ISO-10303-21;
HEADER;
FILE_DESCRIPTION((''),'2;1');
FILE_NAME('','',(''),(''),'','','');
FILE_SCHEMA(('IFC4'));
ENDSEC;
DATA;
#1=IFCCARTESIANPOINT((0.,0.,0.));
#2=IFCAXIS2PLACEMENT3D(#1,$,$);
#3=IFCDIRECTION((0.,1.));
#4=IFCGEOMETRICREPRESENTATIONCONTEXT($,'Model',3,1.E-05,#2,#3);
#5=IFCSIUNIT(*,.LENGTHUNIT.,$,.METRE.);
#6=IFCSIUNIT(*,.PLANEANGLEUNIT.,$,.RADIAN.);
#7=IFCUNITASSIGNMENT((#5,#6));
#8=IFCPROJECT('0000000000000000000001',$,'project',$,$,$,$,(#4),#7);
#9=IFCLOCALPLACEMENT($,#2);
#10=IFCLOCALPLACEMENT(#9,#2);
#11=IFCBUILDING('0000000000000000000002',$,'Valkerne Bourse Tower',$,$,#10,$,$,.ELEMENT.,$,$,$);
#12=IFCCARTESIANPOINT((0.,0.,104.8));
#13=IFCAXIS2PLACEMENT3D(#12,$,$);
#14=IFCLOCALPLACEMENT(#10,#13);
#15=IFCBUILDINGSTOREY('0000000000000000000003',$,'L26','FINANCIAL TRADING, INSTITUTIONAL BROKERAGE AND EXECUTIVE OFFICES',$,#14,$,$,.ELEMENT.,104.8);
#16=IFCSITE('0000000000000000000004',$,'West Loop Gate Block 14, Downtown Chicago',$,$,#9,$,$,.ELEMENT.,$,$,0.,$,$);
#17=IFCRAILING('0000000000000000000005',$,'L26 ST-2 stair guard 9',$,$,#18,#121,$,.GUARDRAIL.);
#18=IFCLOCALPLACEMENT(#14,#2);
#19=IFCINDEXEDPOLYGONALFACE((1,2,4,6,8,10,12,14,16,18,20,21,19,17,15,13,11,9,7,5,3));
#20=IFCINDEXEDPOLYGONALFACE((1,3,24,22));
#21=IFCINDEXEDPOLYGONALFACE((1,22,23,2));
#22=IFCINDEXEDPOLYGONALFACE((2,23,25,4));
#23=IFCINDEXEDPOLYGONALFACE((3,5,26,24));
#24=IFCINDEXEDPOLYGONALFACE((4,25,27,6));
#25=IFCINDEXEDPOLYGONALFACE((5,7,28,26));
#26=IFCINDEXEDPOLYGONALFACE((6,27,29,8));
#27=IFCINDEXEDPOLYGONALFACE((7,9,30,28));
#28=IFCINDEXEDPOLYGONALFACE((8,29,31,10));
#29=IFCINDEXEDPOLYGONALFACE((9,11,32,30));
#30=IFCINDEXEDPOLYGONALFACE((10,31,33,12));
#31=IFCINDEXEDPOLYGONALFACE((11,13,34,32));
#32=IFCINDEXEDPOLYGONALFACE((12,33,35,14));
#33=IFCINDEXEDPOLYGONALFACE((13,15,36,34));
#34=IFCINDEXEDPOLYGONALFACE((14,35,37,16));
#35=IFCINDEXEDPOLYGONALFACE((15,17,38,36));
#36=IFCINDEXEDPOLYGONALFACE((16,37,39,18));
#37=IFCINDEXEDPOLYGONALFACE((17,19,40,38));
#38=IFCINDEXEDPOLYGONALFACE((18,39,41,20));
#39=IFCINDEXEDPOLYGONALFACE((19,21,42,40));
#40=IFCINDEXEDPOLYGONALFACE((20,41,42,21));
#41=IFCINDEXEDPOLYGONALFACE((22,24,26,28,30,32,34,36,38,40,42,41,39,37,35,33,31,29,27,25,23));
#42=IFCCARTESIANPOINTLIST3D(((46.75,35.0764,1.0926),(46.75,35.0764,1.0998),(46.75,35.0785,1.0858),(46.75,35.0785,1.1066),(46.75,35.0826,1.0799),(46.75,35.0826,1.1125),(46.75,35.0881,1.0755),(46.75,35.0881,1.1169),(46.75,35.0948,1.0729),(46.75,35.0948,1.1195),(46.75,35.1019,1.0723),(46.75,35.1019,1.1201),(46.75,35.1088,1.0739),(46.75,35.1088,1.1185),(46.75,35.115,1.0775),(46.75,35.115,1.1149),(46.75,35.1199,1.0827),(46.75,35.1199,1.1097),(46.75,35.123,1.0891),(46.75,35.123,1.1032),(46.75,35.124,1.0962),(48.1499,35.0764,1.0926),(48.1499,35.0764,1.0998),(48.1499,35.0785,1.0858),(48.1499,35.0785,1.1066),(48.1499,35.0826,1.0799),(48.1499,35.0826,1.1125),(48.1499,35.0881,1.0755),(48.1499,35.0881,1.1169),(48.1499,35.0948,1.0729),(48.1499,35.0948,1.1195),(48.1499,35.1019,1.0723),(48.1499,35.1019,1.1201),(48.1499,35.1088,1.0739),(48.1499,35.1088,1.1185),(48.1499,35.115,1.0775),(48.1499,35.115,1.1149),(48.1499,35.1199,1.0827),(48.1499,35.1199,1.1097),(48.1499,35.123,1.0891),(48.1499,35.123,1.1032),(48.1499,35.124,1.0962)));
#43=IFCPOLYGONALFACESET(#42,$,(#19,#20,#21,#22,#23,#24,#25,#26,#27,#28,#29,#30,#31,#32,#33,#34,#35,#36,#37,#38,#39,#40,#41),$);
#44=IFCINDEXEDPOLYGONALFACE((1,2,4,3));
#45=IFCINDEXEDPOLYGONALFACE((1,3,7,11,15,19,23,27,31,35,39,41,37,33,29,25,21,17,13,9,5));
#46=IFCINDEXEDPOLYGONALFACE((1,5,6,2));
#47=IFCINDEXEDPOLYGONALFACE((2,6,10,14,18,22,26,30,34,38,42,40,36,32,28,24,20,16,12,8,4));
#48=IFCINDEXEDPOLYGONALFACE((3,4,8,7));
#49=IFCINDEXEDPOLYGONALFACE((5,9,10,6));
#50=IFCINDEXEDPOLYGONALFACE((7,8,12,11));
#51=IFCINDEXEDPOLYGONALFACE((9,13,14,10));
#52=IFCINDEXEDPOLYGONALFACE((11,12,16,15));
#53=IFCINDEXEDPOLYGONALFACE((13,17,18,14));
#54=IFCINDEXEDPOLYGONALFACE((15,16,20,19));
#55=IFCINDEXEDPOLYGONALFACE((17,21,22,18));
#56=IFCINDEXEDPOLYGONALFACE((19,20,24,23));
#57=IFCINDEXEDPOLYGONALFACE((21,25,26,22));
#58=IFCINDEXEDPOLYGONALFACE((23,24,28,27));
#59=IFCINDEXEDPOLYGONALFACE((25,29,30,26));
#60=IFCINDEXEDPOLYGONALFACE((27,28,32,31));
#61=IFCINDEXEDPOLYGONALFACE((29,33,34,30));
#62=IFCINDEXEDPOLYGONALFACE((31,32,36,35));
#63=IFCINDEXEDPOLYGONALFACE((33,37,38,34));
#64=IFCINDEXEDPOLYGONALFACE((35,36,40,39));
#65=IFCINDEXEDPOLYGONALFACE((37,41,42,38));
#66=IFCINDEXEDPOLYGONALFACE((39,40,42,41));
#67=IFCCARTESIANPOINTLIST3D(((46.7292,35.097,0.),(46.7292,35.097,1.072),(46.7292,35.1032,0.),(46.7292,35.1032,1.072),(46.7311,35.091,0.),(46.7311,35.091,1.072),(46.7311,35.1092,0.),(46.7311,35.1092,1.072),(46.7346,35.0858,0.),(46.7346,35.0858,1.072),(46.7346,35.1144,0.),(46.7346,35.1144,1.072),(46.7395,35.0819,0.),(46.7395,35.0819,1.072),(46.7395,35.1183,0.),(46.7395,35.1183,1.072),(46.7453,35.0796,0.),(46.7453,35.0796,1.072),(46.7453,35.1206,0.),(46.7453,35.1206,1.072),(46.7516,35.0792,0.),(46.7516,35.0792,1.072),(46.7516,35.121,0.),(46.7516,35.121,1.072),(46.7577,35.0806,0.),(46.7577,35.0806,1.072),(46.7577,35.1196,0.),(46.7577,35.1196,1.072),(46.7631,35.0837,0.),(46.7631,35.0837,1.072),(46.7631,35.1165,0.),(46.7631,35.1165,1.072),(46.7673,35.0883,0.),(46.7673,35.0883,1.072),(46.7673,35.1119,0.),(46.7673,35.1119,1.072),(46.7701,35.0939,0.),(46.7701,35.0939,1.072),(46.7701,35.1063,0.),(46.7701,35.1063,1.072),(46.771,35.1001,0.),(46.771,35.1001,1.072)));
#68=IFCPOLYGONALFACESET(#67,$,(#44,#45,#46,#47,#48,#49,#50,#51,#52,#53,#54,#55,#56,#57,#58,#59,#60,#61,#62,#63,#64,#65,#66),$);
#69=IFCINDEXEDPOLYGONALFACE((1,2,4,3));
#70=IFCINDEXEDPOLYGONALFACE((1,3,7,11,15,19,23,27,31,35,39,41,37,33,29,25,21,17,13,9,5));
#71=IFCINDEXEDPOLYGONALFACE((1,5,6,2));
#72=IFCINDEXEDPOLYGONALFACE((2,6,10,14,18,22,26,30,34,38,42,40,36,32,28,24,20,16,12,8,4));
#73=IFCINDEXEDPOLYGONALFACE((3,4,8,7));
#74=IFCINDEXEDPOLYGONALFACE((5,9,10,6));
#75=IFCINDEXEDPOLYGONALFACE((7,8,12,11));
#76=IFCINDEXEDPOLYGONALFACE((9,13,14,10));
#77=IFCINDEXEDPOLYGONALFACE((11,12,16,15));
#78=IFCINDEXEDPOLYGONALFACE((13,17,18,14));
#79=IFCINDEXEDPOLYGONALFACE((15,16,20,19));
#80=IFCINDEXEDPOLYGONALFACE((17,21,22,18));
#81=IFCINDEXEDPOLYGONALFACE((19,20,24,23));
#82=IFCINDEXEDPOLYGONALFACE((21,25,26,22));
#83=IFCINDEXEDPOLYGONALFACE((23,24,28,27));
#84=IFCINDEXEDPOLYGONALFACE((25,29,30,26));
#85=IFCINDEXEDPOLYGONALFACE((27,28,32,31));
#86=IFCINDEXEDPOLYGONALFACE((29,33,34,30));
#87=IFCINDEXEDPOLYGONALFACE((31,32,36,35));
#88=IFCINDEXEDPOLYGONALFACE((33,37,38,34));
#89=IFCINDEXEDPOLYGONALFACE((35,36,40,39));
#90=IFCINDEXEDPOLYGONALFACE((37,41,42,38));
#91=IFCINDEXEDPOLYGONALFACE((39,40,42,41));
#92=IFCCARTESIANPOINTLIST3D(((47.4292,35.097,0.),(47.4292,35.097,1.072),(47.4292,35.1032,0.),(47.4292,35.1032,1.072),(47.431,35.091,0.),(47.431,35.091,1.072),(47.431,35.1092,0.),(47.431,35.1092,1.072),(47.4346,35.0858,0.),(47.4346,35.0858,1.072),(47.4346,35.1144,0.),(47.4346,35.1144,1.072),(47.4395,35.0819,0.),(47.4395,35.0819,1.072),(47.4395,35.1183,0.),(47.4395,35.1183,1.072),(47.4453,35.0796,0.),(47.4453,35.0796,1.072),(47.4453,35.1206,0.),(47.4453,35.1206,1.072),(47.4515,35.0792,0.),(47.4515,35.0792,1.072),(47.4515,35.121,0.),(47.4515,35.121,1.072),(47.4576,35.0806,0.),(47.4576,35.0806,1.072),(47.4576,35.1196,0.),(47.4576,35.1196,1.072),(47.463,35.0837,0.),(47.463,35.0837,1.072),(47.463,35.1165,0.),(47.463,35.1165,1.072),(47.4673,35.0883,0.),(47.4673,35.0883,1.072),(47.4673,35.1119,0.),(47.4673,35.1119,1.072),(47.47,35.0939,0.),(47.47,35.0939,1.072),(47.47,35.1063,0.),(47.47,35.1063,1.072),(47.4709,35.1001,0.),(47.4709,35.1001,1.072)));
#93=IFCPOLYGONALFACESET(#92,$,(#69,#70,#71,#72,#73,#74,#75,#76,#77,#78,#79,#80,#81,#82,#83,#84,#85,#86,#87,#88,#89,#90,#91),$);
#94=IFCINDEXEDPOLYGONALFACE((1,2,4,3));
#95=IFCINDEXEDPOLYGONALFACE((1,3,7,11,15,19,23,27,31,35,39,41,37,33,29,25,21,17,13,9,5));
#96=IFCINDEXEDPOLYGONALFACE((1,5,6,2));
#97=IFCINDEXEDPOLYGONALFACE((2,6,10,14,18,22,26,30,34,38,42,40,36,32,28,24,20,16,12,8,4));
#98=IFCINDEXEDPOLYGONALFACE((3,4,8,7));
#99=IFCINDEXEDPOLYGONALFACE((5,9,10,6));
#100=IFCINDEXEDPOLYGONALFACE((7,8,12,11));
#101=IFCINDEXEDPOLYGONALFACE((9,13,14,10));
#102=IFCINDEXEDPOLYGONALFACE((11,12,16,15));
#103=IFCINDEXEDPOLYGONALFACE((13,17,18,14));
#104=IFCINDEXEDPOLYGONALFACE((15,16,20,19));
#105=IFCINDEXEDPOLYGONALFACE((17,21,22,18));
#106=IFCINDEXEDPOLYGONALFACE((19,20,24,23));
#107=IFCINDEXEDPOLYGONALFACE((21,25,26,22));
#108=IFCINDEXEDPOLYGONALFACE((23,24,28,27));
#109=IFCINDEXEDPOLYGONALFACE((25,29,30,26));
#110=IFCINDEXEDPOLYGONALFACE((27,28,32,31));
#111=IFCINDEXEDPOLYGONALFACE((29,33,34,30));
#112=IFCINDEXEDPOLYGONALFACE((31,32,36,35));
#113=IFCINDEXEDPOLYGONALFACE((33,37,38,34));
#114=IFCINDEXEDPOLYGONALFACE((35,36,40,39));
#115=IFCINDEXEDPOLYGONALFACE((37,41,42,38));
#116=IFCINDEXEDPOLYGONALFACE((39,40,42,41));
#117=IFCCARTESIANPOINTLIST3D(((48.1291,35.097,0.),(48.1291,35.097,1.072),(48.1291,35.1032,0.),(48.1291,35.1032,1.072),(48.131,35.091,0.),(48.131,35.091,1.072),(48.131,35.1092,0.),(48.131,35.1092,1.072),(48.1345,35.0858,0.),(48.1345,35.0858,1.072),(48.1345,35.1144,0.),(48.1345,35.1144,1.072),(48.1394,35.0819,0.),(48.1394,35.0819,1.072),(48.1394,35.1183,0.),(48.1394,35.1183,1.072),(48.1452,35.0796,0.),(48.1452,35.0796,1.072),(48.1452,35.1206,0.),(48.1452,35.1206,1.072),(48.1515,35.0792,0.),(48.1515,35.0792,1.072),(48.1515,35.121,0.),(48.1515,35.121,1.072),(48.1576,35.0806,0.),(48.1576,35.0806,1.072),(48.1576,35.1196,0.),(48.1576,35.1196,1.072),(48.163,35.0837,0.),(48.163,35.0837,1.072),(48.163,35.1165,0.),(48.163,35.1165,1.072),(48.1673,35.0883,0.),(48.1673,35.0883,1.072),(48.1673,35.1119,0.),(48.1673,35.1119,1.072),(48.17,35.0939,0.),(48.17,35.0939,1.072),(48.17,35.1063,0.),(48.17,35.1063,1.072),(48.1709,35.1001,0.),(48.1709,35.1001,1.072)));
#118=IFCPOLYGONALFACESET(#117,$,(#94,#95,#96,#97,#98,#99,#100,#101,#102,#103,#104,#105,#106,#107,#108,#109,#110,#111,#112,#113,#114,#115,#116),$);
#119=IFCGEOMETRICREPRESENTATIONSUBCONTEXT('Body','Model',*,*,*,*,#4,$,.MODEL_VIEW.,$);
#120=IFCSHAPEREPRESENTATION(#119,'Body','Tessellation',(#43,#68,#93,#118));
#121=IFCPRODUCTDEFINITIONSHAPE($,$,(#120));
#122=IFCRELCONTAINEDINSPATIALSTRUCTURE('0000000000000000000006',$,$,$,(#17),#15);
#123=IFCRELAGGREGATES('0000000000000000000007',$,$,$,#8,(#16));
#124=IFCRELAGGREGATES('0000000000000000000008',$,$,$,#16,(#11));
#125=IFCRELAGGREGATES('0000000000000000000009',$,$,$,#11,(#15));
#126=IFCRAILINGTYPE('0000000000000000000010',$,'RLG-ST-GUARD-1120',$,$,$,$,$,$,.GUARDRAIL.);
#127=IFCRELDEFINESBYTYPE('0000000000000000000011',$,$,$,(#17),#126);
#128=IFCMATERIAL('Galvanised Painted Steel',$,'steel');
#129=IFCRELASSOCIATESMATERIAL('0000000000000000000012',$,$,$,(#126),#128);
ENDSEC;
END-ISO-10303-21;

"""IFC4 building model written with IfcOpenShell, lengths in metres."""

from ifc_helpers import new_model, si_unit, direction, frame, origin, origin_2d, place, context, subcontext, project, spatial, circle, extrude, material, type_object, element, save


model = new_model("IFC4")

# Units and contexts
model_context = context("Model", 3, precision=1e-05, world=origin(), true_north=direction((0.0, 1.0)))
body_context = subcontext(model_context, "Body", "Model", "MODEL_VIEW")
ifc_project = project(units=[si_unit("LENGTHUNIT", "METRE"), si_unit("PLANEANGLEUNIT", "RADIAN")], contexts=[model_context])

# Site, building, storey
site_placement = place(None, origin())
site = spatial("IfcSite", under=ifc_project, at=site_placement, Name="West Loop Gate Block 14, Downtown Chicago", CompositionType="ELEMENT", RefElevation=0.0)
building_placement = place(site_placement, origin())
building = spatial("IfcBuilding", under=site, at=building_placement, Name="Valkerne Bourse Tower", CompositionType="ELEMENT")
storey_placement = place(building_placement, frame((0.0, 0.0, 104.8)))
storey = spatial("IfcBuildingStorey", under=building, at=storey_placement, Name="L26", Description="FINANCIAL TRADING, INSTITUTIONAL BROKERAGE AND EXECUTIVE OFFICES", CompositionType="ELEMENT", Elevation=104.8)

# Shared definitions
ifc_material_1 = material(Name="Galvanised Painted Steel", Category="steel")

# Railing
railing_type_1 = type_object("IfcRailingType", Name="RLG-ST-GUARD-1120", PredefinedType="GUARDRAIL", material=ifc_material_1)
for number, where, name in (
    (1, (46.75, 35.1001, 0.0), "L26 ST-2 stair guard 9"),
):
    element("IfcRailing", number, at=place(storey_placement, frame(where)), inside=storey, type_object=railing_type_1, Name=name, PredefinedType="GUARDRAIL", context=body_context, shape_type="SweptSolid", body=[
        extrude(circle(Radius=0.0239, at=origin_2d()), frame((0.0, 0.0, 1.0962), z_axis=(1.0, 0.0, 0.0), x_axis=(0.0, 1.0, 0.0)), (0.0, 0.0, 1.0), 1.3999),
        extrude(circle(Radius=0.021, at=origin_2d()), origin(), (0.0, 0.0, 1.0), 1.072),
        extrude(circle(Radius=0.021, at=origin_2d()), frame((0.7, 0.0, 0.0)), (0.0, 0.0, 1.0), 1.072),
        extrude(circle(Radius=0.021, at=origin_2d()), frame((1.3999, 0.0, 0.0)), (0.0, 0.0, 1.0), 1.072),
    ])

save(model, "model.ifc")
